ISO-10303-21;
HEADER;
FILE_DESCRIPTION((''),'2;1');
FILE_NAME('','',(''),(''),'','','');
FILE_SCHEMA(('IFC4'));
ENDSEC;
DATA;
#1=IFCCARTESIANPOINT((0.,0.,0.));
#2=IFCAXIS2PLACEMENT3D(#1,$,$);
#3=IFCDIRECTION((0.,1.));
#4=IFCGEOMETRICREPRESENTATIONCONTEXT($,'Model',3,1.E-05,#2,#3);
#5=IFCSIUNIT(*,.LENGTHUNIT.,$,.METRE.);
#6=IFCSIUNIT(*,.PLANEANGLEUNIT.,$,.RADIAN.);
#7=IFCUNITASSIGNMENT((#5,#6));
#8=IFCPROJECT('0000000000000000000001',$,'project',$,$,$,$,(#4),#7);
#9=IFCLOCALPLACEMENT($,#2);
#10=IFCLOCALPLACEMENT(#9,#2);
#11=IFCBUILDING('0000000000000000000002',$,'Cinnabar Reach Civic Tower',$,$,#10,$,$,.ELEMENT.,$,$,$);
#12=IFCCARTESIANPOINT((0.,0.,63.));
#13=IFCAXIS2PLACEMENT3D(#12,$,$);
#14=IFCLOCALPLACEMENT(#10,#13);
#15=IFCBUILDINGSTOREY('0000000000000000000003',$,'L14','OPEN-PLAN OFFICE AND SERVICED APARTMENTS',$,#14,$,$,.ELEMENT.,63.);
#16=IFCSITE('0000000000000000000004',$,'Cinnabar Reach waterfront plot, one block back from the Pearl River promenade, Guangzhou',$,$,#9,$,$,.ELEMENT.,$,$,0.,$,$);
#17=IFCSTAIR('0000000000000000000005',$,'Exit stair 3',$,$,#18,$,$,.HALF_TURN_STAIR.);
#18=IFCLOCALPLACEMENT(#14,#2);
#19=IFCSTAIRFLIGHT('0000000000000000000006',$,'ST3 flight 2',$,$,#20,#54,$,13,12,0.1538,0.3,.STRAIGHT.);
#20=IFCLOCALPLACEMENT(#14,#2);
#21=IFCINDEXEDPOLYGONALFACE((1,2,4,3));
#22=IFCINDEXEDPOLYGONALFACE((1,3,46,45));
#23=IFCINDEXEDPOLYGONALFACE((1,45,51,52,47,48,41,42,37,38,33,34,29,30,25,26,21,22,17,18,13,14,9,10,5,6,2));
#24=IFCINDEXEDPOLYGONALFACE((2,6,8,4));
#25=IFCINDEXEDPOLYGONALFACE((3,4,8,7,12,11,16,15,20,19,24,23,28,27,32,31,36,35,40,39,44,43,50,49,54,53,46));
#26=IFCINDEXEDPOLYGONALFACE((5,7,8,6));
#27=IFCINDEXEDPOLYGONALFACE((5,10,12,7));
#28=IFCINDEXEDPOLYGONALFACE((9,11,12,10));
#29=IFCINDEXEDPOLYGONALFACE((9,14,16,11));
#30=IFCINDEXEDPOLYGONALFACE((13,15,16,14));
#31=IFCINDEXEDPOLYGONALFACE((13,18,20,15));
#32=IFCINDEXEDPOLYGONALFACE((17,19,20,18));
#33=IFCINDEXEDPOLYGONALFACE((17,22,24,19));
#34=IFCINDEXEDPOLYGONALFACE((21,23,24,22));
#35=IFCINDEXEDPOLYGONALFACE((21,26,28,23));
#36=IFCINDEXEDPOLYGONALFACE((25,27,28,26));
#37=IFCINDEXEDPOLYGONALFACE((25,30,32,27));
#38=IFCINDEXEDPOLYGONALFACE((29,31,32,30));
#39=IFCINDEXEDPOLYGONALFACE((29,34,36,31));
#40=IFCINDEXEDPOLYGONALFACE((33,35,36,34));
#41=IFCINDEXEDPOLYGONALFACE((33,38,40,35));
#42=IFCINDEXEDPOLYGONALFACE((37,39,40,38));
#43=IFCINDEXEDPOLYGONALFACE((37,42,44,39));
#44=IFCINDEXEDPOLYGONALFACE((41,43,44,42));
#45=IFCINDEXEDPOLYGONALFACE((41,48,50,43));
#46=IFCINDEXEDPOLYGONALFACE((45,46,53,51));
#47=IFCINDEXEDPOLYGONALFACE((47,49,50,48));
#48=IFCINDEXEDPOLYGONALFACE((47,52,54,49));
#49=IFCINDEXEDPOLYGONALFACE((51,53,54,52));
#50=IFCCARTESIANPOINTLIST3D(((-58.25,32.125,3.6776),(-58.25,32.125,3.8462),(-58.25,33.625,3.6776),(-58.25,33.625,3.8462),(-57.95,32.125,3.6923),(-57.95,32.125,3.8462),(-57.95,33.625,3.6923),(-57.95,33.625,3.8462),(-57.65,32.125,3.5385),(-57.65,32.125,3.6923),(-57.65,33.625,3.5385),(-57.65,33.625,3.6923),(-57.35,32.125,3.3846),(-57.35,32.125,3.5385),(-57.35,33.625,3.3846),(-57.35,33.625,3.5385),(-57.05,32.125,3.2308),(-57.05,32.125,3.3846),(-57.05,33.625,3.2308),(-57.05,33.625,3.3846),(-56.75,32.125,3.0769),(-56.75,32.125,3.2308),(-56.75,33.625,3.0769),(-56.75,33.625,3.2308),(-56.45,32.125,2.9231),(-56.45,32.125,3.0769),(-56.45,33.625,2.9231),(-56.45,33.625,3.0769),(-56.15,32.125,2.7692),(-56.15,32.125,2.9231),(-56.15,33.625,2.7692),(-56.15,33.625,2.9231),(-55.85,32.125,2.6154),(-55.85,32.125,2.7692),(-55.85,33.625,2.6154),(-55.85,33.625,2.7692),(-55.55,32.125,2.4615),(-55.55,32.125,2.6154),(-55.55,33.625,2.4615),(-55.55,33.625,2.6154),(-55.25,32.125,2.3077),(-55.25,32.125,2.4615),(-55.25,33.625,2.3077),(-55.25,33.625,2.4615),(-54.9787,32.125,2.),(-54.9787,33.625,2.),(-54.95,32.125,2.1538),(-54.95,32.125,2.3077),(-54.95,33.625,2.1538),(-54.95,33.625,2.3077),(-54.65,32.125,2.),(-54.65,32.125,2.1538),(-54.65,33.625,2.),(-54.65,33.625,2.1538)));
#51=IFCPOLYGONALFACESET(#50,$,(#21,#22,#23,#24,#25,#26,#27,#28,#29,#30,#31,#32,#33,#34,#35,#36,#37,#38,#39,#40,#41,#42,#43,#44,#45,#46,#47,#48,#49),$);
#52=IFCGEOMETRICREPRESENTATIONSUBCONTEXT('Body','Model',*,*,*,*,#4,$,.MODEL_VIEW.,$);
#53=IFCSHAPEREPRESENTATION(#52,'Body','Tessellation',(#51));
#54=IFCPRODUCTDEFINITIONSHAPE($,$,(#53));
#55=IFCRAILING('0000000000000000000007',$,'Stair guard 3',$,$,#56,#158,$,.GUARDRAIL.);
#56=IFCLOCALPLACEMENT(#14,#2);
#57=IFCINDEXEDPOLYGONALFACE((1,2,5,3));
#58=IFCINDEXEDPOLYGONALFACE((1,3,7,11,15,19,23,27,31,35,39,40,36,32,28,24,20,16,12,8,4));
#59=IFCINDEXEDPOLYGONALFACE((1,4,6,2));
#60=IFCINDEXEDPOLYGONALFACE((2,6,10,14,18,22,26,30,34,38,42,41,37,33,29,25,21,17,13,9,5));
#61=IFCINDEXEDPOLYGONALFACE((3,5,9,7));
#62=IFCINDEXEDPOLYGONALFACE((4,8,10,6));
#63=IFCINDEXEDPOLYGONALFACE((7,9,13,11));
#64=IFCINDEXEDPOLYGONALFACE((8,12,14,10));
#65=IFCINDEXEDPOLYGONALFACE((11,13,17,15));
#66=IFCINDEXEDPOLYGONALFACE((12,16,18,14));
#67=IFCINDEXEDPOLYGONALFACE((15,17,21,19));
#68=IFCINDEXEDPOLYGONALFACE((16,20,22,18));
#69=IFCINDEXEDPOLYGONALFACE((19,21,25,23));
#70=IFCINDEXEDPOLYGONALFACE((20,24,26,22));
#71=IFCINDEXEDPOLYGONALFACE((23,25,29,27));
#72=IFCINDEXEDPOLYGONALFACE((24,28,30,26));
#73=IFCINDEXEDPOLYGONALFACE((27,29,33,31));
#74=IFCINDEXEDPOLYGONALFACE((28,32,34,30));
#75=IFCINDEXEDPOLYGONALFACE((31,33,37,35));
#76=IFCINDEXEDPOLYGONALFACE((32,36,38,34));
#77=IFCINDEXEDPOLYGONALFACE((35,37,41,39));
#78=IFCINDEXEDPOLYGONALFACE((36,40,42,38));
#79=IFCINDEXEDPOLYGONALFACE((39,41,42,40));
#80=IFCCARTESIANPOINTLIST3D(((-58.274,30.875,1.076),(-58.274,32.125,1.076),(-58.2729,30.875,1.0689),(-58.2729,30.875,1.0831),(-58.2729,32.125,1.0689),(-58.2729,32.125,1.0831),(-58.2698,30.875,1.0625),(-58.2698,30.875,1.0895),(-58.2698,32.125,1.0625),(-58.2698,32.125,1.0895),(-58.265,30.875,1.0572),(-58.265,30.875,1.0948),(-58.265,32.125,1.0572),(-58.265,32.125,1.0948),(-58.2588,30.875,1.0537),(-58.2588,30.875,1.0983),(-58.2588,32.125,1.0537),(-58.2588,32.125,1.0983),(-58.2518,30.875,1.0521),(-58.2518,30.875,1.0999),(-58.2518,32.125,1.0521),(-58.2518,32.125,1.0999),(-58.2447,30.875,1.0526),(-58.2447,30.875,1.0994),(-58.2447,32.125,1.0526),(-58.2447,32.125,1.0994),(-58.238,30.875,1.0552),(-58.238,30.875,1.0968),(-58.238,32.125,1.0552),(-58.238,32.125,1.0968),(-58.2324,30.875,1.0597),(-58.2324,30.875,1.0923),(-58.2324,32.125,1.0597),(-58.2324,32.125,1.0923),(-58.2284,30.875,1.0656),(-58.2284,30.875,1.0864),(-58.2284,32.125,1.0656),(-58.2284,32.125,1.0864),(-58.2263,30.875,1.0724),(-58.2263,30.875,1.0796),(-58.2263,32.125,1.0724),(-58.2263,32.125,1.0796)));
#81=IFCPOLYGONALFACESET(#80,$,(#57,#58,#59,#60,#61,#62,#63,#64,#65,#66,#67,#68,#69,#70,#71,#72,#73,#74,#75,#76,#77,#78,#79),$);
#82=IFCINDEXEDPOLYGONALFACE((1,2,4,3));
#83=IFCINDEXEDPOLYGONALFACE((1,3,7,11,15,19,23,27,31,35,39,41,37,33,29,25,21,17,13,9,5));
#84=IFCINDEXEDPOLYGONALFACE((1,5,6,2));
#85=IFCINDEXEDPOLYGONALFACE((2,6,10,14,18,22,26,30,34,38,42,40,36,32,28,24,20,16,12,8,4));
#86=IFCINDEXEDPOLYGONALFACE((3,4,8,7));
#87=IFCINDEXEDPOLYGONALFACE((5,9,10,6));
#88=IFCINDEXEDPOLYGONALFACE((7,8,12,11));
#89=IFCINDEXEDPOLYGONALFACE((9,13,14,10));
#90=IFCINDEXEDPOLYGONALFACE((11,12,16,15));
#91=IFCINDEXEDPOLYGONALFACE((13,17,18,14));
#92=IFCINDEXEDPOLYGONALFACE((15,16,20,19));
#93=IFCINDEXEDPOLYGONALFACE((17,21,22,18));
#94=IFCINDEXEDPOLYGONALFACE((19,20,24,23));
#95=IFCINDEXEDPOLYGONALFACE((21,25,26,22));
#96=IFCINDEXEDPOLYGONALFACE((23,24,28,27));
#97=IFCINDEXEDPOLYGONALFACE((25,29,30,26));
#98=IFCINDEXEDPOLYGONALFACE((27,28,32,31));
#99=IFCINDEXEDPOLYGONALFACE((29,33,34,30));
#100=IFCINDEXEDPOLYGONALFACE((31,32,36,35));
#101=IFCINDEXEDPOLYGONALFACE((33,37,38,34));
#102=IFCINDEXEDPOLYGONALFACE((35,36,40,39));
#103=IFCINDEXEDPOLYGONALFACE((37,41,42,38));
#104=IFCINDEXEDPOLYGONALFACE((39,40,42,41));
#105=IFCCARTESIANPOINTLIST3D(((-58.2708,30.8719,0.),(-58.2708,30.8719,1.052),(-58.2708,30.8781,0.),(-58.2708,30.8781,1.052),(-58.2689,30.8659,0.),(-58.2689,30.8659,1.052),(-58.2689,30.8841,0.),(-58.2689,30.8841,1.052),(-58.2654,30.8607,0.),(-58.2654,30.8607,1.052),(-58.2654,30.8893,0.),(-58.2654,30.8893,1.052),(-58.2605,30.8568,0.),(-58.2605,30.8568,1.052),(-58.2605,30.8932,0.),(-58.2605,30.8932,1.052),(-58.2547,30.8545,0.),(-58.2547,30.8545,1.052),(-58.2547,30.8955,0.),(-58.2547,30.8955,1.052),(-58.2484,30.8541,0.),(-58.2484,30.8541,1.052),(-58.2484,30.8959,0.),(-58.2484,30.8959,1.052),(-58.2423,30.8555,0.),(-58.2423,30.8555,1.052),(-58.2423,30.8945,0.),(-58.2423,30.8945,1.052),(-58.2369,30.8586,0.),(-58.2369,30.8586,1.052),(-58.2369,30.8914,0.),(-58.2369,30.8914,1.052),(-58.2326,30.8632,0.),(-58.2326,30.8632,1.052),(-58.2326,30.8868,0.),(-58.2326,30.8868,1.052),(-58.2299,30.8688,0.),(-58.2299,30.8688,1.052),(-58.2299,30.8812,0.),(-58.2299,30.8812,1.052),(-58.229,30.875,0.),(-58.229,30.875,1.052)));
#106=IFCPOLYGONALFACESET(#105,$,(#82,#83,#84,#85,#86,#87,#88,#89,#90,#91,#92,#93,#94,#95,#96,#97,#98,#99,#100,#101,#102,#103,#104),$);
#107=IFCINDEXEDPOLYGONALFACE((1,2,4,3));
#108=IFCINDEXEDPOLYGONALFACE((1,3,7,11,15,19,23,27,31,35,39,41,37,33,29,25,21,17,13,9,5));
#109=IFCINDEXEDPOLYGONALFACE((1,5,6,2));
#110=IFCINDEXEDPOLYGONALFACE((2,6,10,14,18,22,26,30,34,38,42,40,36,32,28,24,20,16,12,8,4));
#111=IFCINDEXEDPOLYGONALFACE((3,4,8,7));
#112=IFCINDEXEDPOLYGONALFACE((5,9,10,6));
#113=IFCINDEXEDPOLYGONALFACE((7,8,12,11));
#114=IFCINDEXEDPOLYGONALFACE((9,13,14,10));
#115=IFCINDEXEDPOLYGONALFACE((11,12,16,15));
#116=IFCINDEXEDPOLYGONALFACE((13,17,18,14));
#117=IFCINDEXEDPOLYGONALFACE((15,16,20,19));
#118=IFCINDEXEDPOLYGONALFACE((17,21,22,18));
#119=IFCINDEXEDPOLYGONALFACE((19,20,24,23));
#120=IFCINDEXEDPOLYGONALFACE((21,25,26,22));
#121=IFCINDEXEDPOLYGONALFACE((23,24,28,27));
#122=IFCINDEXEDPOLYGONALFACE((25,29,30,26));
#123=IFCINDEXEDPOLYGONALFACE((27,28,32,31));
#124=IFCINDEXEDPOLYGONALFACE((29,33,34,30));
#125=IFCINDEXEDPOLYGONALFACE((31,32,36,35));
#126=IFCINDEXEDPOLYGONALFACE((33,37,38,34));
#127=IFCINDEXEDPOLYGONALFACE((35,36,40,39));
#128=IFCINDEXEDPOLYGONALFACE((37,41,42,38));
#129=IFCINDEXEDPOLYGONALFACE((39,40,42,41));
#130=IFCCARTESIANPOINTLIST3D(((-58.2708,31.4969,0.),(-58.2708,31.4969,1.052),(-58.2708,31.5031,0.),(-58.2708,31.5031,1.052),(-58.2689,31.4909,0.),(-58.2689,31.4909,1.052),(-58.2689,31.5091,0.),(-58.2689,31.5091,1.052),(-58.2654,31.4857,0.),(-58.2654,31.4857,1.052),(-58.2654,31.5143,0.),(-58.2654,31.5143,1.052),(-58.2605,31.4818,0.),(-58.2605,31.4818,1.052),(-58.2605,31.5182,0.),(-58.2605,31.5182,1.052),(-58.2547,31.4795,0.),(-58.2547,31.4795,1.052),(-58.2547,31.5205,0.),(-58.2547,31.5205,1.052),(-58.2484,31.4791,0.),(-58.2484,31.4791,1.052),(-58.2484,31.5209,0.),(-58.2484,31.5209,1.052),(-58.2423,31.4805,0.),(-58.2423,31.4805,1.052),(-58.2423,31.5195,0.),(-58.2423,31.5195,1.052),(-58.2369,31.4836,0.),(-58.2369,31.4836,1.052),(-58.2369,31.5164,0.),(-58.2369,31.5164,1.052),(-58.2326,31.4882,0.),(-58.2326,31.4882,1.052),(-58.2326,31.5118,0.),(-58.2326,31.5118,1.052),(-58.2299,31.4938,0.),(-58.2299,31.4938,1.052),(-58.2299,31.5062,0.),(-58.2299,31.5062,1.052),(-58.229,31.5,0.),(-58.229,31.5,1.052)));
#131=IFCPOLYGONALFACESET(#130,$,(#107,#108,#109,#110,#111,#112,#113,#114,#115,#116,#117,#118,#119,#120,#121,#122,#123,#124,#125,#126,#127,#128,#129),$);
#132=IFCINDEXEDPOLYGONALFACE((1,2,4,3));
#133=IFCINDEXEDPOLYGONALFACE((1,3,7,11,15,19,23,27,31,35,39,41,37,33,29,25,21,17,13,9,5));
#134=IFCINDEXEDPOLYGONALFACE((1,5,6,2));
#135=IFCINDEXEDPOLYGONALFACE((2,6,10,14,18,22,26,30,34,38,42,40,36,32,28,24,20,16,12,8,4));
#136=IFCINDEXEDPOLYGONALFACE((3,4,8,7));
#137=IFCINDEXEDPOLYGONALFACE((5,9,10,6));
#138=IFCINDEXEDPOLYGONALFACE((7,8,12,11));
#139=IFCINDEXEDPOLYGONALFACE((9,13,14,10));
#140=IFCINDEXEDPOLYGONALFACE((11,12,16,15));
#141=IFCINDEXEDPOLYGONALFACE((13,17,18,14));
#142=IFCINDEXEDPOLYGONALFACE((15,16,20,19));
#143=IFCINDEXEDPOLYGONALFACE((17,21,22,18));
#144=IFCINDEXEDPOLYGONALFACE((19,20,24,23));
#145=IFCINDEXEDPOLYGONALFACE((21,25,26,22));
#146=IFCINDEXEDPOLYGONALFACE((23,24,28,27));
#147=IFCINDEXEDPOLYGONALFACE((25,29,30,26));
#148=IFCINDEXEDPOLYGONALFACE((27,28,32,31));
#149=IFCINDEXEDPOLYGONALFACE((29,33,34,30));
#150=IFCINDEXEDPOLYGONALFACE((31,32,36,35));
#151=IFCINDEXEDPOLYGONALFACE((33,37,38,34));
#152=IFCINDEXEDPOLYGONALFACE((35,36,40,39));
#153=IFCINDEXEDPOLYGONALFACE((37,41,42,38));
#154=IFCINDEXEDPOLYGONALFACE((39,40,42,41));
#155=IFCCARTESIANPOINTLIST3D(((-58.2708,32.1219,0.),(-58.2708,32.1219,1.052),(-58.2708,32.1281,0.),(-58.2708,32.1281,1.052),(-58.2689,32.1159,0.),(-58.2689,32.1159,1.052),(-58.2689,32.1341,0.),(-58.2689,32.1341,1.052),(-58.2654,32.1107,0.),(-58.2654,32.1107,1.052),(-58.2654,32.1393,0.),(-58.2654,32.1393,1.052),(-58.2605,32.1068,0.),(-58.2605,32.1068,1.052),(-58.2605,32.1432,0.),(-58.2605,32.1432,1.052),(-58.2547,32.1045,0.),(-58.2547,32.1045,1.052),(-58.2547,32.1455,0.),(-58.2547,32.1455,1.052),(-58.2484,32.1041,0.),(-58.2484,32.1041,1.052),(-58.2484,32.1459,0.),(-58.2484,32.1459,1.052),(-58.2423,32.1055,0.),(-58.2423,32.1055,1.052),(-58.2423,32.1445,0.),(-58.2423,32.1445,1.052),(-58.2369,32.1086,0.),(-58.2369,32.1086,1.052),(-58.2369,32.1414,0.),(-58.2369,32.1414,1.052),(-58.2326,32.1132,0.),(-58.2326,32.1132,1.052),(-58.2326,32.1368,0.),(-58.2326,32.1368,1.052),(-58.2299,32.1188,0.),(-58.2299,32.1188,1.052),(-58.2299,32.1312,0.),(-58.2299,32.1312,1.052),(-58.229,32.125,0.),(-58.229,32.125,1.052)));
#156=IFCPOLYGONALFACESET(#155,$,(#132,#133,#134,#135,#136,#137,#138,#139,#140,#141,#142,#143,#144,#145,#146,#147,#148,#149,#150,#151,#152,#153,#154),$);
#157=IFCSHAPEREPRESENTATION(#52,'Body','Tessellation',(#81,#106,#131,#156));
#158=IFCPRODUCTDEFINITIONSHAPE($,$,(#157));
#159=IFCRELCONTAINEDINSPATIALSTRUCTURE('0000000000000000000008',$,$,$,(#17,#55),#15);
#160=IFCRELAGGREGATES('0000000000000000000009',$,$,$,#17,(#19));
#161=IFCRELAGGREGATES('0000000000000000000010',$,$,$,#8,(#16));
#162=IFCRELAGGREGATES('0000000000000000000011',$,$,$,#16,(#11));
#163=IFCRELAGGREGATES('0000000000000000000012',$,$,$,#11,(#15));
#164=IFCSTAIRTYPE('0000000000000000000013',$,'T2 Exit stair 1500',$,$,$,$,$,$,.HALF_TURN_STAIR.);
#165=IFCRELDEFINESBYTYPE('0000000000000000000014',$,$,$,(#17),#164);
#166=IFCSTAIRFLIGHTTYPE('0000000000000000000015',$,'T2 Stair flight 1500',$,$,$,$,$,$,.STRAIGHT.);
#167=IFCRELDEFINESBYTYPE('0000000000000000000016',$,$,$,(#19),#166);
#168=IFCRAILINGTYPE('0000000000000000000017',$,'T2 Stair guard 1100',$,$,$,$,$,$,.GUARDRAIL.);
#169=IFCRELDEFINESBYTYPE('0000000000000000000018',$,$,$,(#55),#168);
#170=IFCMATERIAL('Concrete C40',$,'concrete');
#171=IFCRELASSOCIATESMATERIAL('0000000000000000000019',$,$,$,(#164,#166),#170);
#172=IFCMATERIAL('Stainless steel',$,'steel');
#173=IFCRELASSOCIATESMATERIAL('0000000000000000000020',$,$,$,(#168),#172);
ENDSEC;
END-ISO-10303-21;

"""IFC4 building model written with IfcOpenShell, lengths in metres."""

from ifc_helpers import new_model, si_unit, direction, frame, origin, origin_2d, place, context, subcontext, project, spatial, polyline, circle, outline, extrude, material, type_object, element, aggregate, save


model = new_model("IFC4")

# Units and contexts
model_context = context("Model", 3, precision=1e-05, world=origin(), true_north=direction((0.0, 1.0)))
body_context = subcontext(model_context, "Body", "Model", "MODEL_VIEW")
ifc_project = project(units=[si_unit("LENGTHUNIT", "METRE"), si_unit("PLANEANGLEUNIT", "RADIAN")], contexts=[model_context])

# Site, building, storey
site_placement = place(None, origin())
site = spatial("IfcSite", under=ifc_project, at=site_placement, Name="Cinnabar Reach waterfront plot, one block back from the Pearl River promenade, Guangzhou", CompositionType="ELEMENT", RefElevation=0.0)
building_placement = place(site_placement, origin())
building = spatial("IfcBuilding", under=site, at=building_placement, Name="Cinnabar Reach Civic Tower", CompositionType="ELEMENT")
storey_placement = place(building_placement, frame((0.0, 0.0, 63.0)))
storey = spatial("IfcBuildingStorey", under=building, at=storey_placement, Name="L14", Description="OPEN-PLAN OFFICE AND SERVICED APARTMENTS", CompositionType="ELEMENT", Elevation=63.0)

# Stair, stair flight
ifc_material_1 = material(Name="Concrete C40", Category="concrete")
stair_type = type_object("IfcStairType", Name="T2 Exit stair 1500", PredefinedType="HALF_TURN_STAIR", material=ifc_material_1)
stair_placement = place(storey_placement, origin())
stair = element("IfcStair", 1, at=stair_placement, inside=storey, type_object=stair_type, Name="Exit stair 3", PredefinedType="HALF_TURN_STAIR")
stair_flight_type = type_object("IfcStairFlightType", Name="T2 Stair flight 1500", PredefinedType="STRAIGHT", material=ifc_material_1)
stair_flight_placement = place(storey_placement, frame((-54.65, 32.875, 2.0), z_axis=(0.0, 0.0, 1.0), x_axis=(-1.0, 0.0, 0.0)))
stair_flight = element("IfcStairFlight", 2, at=stair_flight_placement, type_object=stair_flight_type, Name="ST3 flight 2", NumberOfRisers=13, NumberOfTreads=12, PredefinedType="STRAIGHT", RiserHeight=0.1538, TreadLength=0.3, context=body_context, shape_type="SweptSolid", body=[
    extrude(outline(polyline([(0.0, 0.0), (0.0, 0.1538), (0.3, 0.1538), (0.3, 0.3077), (0.6, 0.3077), (0.6, 0.4615), (0.9, 0.4615), (0.9, 0.6154), (1.2, 0.6154), (1.2, 0.7692), (1.5, 0.7692), (1.5, 0.9231), (1.8, 0.9231), (1.8, 1.0769), (2.1, 1.0769), (2.1, 1.2308), (2.4, 1.2308), (2.4, 1.3846), (2.7, 1.3846), (2.7, 1.5385), (3.0, 1.5385), (3.0, 1.6923), (3.3, 1.6923), (3.3, 1.8462), (3.6, 1.8462), (3.6, 2.0), (3.6, 1.6776), (0.3287, 0.0), (0.0, 0.0)])), frame((0.0, 0.75, 0.0), z_axis=(0.0, -1.0, 0.0), x_axis=(1.0, 0.0, 0.0)), (0.0, 0.0, 1.0), 1.5),
])
aggregate(stair, [stair_flight])

# Railing
ifc_material_2 = material(Name="Stainless steel", Category="steel")
railing_type = type_object("IfcRailingType", Name="T2 Stair guard 1100", PredefinedType="GUARDRAIL", material=ifc_material_2)
railing_1_placement = place(storey_placement, frame((-58.25, 30.875, 0.0)))
element("IfcRailing", 3, at=railing_1_placement, inside=storey, type_object=railing_type, Name="Stair guard 3", PredefinedType="GUARDRAIL", context=body_context, shape_type="SweptSolid", body=[
    extrude(circle(Radius=0.024, at=origin_2d()), frame((0.0, 0.0, 1.076), z_axis=(0.0, 1.0, 0.0), x_axis=(-1.0, 0.0, 0.0)), (0.0, 0.0, 1.0), 1.25),
    extrude(circle(Radius=0.021, at=origin_2d()), origin(), (0.0, 0.0, 1.0), 1.052),
    extrude(circle(Radius=0.021, at=origin_2d()), frame((0.0, 0.625, 0.0)), (0.0, 0.0, 1.0), 1.052),
    extrude(circle(Radius=0.021, at=origin_2d()), frame((0.0, 1.25, 0.0)), (0.0, 0.0, 1.0), 1.052),
])

save(model, "model.ifc")
